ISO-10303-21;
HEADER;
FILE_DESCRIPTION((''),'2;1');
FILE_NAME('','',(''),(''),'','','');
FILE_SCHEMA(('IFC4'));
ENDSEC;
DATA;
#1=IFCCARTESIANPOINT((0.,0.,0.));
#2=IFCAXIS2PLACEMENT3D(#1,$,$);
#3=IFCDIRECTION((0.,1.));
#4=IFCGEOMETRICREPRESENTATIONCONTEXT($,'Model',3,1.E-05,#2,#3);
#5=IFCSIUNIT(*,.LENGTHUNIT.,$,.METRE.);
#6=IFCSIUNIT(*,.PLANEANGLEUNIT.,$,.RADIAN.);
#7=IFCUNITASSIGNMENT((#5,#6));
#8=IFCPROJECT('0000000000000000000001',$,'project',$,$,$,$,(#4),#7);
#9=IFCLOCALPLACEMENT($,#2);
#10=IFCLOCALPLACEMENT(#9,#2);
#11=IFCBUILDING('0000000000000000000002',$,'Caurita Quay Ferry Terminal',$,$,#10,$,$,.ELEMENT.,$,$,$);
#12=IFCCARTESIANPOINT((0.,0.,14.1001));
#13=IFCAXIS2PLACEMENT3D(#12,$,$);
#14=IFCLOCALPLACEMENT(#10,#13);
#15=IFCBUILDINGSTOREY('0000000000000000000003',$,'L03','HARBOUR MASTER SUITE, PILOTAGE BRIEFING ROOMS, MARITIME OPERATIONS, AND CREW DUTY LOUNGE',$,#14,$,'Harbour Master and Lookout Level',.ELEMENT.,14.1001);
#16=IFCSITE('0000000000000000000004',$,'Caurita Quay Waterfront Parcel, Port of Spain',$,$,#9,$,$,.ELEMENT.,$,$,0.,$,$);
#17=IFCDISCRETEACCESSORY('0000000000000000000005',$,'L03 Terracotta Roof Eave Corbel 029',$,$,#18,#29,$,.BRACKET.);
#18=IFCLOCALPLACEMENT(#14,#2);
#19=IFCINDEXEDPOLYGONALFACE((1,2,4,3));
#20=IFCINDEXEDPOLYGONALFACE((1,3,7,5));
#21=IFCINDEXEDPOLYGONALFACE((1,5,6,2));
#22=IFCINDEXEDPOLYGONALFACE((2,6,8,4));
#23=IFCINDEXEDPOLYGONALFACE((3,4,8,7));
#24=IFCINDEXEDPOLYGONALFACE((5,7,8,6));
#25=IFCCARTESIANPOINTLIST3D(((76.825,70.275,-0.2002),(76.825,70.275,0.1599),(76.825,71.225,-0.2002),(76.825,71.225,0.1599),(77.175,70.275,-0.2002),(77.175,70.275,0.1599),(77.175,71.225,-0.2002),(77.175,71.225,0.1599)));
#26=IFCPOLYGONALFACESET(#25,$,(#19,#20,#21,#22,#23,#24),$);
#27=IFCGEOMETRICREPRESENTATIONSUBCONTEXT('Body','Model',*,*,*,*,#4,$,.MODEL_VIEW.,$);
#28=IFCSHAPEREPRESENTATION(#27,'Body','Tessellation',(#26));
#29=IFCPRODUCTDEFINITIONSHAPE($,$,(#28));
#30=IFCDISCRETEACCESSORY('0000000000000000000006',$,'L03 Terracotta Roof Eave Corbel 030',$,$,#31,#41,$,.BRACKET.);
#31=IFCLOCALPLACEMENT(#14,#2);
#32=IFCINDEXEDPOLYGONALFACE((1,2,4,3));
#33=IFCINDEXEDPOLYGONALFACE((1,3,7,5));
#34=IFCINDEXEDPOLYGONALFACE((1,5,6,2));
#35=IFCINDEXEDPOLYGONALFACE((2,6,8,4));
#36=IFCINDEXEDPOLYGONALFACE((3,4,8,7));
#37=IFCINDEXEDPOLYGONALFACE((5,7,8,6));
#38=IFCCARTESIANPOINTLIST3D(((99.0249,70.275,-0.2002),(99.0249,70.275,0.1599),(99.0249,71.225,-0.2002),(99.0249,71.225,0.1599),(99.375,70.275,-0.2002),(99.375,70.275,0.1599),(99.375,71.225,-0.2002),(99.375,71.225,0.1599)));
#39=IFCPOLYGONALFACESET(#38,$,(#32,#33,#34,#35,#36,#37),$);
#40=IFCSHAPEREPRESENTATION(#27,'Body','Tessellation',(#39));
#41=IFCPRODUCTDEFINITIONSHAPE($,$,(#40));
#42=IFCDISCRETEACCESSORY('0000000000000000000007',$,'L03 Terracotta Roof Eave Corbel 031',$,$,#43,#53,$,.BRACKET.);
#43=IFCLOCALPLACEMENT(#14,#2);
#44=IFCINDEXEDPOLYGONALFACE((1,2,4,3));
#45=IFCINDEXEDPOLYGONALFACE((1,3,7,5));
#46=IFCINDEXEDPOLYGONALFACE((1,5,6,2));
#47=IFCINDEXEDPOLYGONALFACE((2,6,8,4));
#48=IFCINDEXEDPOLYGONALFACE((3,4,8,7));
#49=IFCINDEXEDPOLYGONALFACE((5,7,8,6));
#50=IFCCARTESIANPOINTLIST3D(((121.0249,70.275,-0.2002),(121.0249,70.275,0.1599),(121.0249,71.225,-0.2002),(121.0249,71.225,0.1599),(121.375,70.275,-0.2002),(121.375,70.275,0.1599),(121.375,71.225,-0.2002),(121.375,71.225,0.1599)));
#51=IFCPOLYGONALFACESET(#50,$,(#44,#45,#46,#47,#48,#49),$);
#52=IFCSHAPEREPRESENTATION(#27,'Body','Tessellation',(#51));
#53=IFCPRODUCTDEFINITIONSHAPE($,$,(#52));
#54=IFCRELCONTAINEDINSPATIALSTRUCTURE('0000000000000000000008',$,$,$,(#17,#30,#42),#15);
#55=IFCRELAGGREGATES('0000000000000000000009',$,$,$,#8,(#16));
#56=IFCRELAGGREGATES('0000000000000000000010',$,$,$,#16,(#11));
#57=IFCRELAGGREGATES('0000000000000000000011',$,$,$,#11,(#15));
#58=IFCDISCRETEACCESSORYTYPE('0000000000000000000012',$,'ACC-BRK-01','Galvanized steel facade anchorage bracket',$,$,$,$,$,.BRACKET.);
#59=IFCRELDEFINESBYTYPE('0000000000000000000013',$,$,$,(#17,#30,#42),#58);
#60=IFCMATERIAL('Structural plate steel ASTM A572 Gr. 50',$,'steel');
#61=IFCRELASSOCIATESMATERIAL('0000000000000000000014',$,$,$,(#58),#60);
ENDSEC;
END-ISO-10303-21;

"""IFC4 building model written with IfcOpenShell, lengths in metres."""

from ifc_helpers import new_model, si_unit, direction, frame, origin, origin_2d, place, context, subcontext, project, spatial, rectangle, extrude, material, type_object, element, save


model = new_model("IFC4")

# Units and contexts
model_context = context("Model", 3, precision=1e-05, world=origin(), true_north=direction((0.0, 1.0)))
body_context = subcontext(model_context, "Body", "Model", "MODEL_VIEW")
ifc_project = project(units=[si_unit("LENGTHUNIT", "METRE"), si_unit("PLANEANGLEUNIT", "RADIAN")], contexts=[model_context])

# Site, building, storey
site_placement = place(None, origin())
site = spatial("IfcSite", under=ifc_project, at=site_placement, Name="Caurita Quay Waterfront Parcel, Port of Spain", CompositionType="ELEMENT", RefElevation=0.0)
building_placement = place(site_placement, origin())
building = spatial("IfcBuilding", under=site, at=building_placement, Name="Caurita Quay Ferry Terminal", CompositionType="ELEMENT")
storey_placement = place(building_placement, frame((0.0, 0.0, 14.1001)))
storey = spatial("IfcBuildingStorey", under=building, at=storey_placement, Name="L03", Description="HARBOUR MASTER SUITE, PILOTAGE BRIEFING ROOMS, MARITIME OPERATIONS, AND CREW DUTY LOUNGE", LongName="Harbour Master and Lookout Level", CompositionType="ELEMENT", Elevation=14.1001)

# Discrete accessories
ifc_material_1 = material(Name="Structural plate steel ASTM A572 Gr. 50", Category="steel")
discrete_accessory_type = type_object("IfcDiscreteAccessoryType", Name="ACC-BRK-01", Description="Galvanized steel facade anchorage bracket", PredefinedType="BRACKET", material=ifc_material_1)
for number, where, z_axis, x_axis, name in (
    (1, (77.0, 70.75, -0.2002), (0.0, 0.0, 1.0), (1.0, 0.0, 0.0), "L03 Terracotta Roof Eave Corbel 029"),
    (2, (99.2, 70.75, -0.2002), (0.0, 0.0, 1.0), (1.0, 0.0, 0.0), "L03 Terracotta Roof Eave Corbel 030"),
    (3, (121.2, 70.75, -0.2002), (0.0, 0.0, 1.0), (1.0, 0.0, 0.0), "L03 Terracotta Roof Eave Corbel 031"),
):
    element("IfcDiscreteAccessory", number, at=place(storey_placement, frame(where, z_axis=z_axis, x_axis=x_axis)), inside=storey, type_object=discrete_accessory_type, Name=name, PredefinedType="BRACKET", context=body_context, shape_type="SweptSolid", body=[
        extrude(rectangle(XDim=0.3501, YDim=0.95, at=origin_2d()), origin(), (0.0, 0.0, 1.0), 0.3601),
    ])

save(model, "model.ifc")
